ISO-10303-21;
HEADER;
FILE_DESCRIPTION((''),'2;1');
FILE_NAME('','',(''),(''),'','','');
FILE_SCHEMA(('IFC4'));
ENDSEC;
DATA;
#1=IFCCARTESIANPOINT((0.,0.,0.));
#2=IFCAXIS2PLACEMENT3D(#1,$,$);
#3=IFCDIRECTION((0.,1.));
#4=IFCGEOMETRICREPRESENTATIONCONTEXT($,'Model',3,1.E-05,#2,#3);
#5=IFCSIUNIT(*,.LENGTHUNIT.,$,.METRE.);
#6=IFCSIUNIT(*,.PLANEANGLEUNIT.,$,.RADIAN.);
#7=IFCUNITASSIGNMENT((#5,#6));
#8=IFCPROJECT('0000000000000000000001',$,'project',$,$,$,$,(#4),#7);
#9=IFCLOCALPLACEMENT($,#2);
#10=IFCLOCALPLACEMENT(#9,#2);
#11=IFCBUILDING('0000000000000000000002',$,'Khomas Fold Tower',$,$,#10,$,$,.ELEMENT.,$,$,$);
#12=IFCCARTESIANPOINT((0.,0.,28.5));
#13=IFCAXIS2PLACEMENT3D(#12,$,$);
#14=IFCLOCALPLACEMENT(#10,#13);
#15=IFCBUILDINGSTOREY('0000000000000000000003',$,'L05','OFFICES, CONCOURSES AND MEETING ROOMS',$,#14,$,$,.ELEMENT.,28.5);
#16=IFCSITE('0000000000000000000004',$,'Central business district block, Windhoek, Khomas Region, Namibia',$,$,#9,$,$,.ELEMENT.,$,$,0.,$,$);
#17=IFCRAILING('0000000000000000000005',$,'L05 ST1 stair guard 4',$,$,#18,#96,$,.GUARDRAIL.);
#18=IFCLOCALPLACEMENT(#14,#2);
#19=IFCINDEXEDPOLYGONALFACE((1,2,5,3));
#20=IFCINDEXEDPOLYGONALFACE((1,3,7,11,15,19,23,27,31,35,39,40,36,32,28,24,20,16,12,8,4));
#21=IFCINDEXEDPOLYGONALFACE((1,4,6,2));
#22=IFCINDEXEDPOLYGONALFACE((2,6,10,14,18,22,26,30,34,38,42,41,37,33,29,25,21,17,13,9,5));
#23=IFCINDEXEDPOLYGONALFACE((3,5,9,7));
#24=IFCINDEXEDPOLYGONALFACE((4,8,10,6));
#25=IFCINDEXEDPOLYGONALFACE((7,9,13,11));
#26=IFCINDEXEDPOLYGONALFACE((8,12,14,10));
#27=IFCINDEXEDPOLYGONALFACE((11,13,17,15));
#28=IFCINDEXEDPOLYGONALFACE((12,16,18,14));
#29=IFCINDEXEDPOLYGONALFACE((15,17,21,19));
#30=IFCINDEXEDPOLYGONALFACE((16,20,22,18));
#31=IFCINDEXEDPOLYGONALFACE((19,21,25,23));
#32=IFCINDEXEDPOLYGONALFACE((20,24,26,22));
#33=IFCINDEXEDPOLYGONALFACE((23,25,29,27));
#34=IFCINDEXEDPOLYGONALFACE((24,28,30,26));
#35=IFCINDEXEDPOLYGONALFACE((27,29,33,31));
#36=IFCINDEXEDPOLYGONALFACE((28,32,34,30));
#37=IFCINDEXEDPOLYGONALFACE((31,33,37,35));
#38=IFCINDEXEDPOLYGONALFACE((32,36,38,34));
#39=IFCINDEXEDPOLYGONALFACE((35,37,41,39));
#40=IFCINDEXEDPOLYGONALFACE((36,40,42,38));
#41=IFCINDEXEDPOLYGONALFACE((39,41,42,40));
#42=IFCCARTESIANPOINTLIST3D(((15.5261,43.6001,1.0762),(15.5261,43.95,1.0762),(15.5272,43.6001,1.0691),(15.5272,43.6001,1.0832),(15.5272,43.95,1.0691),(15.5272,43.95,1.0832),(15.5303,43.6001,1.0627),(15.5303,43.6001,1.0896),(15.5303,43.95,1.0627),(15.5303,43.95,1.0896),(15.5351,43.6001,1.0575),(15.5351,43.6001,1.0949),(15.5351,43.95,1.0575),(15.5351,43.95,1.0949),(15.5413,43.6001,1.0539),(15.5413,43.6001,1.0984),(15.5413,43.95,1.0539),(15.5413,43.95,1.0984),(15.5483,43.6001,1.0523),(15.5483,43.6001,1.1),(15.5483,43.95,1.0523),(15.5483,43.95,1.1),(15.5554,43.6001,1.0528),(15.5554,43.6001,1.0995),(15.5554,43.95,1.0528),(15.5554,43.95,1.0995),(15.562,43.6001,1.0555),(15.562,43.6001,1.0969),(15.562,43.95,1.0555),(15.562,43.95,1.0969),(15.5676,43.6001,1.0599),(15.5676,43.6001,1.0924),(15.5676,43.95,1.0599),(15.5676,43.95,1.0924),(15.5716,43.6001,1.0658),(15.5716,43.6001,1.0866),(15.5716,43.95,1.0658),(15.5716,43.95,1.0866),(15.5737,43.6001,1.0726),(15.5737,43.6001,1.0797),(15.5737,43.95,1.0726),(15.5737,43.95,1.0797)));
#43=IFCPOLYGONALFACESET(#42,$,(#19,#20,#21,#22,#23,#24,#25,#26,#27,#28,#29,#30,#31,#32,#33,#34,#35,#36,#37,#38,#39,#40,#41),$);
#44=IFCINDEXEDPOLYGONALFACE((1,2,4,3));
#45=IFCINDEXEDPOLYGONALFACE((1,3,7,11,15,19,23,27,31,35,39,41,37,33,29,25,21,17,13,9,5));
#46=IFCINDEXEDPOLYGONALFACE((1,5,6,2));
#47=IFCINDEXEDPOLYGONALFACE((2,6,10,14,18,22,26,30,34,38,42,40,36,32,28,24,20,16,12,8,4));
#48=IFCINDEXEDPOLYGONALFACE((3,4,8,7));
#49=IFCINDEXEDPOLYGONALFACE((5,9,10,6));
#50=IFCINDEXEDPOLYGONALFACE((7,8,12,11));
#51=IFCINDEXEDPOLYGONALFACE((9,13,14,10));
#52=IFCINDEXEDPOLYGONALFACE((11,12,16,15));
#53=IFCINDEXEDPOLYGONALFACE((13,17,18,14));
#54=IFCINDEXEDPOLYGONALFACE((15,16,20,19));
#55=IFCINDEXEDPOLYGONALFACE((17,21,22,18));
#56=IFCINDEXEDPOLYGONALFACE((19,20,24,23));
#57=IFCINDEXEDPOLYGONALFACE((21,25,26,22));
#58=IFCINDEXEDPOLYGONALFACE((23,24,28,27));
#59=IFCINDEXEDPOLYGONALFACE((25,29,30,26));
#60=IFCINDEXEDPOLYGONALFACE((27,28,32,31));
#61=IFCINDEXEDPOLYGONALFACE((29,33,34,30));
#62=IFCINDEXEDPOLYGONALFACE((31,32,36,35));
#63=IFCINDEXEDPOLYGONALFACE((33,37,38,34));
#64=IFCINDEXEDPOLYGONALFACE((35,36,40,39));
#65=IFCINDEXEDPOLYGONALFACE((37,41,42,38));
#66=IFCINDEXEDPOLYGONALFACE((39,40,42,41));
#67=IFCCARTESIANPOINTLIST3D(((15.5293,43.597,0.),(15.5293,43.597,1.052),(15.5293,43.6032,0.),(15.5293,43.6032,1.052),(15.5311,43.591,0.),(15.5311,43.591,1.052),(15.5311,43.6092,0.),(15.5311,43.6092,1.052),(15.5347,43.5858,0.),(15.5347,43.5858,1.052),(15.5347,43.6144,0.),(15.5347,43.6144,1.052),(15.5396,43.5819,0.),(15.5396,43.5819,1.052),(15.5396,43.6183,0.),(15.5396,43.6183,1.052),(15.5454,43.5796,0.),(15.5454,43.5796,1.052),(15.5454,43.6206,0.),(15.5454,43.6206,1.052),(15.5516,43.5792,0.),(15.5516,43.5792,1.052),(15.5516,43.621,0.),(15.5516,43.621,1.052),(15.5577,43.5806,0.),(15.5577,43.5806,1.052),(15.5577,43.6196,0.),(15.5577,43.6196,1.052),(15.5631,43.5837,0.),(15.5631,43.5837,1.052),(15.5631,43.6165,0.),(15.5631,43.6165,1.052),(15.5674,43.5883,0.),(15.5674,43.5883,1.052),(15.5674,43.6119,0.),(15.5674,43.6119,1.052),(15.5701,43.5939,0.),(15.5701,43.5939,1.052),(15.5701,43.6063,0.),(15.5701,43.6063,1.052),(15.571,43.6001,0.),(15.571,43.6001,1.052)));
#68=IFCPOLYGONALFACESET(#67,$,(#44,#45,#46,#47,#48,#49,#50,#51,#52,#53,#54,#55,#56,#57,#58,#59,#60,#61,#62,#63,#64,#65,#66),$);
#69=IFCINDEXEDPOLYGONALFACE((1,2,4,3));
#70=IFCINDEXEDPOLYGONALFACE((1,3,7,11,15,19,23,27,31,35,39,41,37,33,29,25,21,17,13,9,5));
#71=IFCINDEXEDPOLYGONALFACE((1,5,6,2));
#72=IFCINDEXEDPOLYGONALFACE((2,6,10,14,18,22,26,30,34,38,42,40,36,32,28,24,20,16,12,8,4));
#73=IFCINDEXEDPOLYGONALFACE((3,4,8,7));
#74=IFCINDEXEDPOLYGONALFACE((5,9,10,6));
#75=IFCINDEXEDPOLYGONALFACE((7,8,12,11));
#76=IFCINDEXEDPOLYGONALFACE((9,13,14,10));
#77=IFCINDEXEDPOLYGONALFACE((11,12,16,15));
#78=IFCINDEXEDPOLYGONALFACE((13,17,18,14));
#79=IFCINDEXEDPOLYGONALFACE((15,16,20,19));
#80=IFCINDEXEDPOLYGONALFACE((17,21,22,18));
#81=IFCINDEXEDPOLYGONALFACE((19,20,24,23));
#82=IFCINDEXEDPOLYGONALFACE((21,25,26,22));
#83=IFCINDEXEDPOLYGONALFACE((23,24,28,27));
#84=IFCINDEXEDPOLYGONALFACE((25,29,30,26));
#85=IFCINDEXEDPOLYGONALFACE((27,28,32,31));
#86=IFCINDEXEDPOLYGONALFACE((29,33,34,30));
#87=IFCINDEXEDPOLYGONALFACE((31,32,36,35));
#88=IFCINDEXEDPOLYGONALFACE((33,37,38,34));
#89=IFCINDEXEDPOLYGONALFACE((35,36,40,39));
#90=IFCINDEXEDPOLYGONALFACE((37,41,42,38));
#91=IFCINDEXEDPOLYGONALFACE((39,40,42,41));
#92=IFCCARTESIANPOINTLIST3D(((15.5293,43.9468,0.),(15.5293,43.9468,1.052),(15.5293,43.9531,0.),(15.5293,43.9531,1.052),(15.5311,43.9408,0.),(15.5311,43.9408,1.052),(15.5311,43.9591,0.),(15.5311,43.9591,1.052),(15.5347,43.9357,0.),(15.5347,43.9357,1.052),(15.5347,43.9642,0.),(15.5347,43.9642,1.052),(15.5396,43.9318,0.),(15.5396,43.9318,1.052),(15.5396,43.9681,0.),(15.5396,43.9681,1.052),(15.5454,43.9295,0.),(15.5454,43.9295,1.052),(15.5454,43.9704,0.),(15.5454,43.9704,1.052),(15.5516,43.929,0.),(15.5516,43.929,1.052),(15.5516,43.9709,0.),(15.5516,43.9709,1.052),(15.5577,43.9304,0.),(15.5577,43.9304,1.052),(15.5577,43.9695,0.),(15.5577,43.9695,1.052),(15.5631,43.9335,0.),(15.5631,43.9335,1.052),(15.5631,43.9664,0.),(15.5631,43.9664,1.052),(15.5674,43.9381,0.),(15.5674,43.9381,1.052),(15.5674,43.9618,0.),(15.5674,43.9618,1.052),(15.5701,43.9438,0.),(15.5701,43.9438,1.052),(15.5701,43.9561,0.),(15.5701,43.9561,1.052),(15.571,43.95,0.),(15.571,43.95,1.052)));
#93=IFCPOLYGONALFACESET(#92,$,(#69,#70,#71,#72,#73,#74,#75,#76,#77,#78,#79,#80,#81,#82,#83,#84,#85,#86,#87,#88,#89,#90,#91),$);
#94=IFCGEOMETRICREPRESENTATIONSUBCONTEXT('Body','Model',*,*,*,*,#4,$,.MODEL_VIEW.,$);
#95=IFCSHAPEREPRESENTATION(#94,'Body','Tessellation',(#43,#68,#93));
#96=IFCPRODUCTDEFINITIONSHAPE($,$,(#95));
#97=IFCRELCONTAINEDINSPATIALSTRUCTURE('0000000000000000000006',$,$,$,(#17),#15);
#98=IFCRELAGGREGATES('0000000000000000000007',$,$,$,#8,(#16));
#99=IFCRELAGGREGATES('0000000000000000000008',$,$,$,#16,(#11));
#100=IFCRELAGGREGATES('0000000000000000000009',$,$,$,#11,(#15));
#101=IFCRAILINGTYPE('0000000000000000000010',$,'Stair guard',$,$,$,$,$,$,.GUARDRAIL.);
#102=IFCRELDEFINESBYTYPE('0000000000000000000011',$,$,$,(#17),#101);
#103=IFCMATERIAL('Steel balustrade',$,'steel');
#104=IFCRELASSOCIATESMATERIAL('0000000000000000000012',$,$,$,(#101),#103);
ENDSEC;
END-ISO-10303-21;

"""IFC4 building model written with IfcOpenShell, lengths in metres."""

from ifc_helpers import new_model, si_unit, direction, frame, origin, origin_2d, place, context, subcontext, project, spatial, circle, extrude, source, transform, mapped, material, type_object, element, save


model = new_model("IFC4")

# Units and contexts
model_context = context("Model", 3, precision=1e-05, world=origin(), true_north=direction((0.0, 1.0)))
body_context = subcontext(model_context, "Body", "Model", "MODEL_VIEW")
ifc_project = project(units=[si_unit("LENGTHUNIT", "METRE"), si_unit("PLANEANGLEUNIT", "RADIAN")], contexts=[model_context])

# Site, building, storey
site_placement = place(None, origin())
site = spatial("IfcSite", under=ifc_project, at=site_placement, Name="Central business district block, Windhoek, Khomas Region, Namibia", CompositionType="ELEMENT", RefElevation=0.0)
building_placement = place(site_placement, origin())
building = spatial("IfcBuilding", under=site, at=building_placement, Name="Khomas Fold Tower", CompositionType="ELEMENT")
storey_placement = place(building_placement, frame((0.0, 0.0, 28.5)))
storey = spatial("IfcBuildingStorey", under=building, at=storey_placement, Name="L05", Description="OFFICES, CONCOURSES AND MEETING ROOMS", CompositionType="ELEMENT", Elevation=28.5)

# Railing
ifc_material_1 = material(Name="Steel balustrade", Category="steel")
railing_type_1 = type_object("IfcRailingType", Name="Stair guard", PredefinedType="GUARDRAIL", material=ifc_material_1)
shared_shape_1 = source(origin(), body_context, "Body", "SweptSolid", [
    extrude(circle(Radius=0.0239, at=origin_2d()), frame((0.0, 0.0, 1.0762), z_axis=(0.0, 1.0, 0.0), x_axis=(-1.0, 0.0, 0.0)), (0.0, 0.0, 1.0), 0.3499),
    extrude(circle(Radius=0.021, at=origin_2d()), origin(), (0.0, 0.0, 1.0), 1.052),
    extrude(circle(Radius=0.021, at=origin_2d()), frame((0.0, 0.3499, 0.0)), (0.0, 0.0, 1.0), 1.052),
])
railing_1_placement = place(storey_placement, frame((15.55, 43.6001, 0.0)))
element("IfcRailing", 1, at=railing_1_placement, inside=storey, type_object=railing_type_1, Name="L05 ST1 stair guard 4", PredefinedType="GUARDRAIL", context=body_context, shape_type="MappedRepresentation", body=[
    mapped(shared_shape_1, transform((0.0, 0.0, 0.0))),
])

save(model, "model.ifc")
